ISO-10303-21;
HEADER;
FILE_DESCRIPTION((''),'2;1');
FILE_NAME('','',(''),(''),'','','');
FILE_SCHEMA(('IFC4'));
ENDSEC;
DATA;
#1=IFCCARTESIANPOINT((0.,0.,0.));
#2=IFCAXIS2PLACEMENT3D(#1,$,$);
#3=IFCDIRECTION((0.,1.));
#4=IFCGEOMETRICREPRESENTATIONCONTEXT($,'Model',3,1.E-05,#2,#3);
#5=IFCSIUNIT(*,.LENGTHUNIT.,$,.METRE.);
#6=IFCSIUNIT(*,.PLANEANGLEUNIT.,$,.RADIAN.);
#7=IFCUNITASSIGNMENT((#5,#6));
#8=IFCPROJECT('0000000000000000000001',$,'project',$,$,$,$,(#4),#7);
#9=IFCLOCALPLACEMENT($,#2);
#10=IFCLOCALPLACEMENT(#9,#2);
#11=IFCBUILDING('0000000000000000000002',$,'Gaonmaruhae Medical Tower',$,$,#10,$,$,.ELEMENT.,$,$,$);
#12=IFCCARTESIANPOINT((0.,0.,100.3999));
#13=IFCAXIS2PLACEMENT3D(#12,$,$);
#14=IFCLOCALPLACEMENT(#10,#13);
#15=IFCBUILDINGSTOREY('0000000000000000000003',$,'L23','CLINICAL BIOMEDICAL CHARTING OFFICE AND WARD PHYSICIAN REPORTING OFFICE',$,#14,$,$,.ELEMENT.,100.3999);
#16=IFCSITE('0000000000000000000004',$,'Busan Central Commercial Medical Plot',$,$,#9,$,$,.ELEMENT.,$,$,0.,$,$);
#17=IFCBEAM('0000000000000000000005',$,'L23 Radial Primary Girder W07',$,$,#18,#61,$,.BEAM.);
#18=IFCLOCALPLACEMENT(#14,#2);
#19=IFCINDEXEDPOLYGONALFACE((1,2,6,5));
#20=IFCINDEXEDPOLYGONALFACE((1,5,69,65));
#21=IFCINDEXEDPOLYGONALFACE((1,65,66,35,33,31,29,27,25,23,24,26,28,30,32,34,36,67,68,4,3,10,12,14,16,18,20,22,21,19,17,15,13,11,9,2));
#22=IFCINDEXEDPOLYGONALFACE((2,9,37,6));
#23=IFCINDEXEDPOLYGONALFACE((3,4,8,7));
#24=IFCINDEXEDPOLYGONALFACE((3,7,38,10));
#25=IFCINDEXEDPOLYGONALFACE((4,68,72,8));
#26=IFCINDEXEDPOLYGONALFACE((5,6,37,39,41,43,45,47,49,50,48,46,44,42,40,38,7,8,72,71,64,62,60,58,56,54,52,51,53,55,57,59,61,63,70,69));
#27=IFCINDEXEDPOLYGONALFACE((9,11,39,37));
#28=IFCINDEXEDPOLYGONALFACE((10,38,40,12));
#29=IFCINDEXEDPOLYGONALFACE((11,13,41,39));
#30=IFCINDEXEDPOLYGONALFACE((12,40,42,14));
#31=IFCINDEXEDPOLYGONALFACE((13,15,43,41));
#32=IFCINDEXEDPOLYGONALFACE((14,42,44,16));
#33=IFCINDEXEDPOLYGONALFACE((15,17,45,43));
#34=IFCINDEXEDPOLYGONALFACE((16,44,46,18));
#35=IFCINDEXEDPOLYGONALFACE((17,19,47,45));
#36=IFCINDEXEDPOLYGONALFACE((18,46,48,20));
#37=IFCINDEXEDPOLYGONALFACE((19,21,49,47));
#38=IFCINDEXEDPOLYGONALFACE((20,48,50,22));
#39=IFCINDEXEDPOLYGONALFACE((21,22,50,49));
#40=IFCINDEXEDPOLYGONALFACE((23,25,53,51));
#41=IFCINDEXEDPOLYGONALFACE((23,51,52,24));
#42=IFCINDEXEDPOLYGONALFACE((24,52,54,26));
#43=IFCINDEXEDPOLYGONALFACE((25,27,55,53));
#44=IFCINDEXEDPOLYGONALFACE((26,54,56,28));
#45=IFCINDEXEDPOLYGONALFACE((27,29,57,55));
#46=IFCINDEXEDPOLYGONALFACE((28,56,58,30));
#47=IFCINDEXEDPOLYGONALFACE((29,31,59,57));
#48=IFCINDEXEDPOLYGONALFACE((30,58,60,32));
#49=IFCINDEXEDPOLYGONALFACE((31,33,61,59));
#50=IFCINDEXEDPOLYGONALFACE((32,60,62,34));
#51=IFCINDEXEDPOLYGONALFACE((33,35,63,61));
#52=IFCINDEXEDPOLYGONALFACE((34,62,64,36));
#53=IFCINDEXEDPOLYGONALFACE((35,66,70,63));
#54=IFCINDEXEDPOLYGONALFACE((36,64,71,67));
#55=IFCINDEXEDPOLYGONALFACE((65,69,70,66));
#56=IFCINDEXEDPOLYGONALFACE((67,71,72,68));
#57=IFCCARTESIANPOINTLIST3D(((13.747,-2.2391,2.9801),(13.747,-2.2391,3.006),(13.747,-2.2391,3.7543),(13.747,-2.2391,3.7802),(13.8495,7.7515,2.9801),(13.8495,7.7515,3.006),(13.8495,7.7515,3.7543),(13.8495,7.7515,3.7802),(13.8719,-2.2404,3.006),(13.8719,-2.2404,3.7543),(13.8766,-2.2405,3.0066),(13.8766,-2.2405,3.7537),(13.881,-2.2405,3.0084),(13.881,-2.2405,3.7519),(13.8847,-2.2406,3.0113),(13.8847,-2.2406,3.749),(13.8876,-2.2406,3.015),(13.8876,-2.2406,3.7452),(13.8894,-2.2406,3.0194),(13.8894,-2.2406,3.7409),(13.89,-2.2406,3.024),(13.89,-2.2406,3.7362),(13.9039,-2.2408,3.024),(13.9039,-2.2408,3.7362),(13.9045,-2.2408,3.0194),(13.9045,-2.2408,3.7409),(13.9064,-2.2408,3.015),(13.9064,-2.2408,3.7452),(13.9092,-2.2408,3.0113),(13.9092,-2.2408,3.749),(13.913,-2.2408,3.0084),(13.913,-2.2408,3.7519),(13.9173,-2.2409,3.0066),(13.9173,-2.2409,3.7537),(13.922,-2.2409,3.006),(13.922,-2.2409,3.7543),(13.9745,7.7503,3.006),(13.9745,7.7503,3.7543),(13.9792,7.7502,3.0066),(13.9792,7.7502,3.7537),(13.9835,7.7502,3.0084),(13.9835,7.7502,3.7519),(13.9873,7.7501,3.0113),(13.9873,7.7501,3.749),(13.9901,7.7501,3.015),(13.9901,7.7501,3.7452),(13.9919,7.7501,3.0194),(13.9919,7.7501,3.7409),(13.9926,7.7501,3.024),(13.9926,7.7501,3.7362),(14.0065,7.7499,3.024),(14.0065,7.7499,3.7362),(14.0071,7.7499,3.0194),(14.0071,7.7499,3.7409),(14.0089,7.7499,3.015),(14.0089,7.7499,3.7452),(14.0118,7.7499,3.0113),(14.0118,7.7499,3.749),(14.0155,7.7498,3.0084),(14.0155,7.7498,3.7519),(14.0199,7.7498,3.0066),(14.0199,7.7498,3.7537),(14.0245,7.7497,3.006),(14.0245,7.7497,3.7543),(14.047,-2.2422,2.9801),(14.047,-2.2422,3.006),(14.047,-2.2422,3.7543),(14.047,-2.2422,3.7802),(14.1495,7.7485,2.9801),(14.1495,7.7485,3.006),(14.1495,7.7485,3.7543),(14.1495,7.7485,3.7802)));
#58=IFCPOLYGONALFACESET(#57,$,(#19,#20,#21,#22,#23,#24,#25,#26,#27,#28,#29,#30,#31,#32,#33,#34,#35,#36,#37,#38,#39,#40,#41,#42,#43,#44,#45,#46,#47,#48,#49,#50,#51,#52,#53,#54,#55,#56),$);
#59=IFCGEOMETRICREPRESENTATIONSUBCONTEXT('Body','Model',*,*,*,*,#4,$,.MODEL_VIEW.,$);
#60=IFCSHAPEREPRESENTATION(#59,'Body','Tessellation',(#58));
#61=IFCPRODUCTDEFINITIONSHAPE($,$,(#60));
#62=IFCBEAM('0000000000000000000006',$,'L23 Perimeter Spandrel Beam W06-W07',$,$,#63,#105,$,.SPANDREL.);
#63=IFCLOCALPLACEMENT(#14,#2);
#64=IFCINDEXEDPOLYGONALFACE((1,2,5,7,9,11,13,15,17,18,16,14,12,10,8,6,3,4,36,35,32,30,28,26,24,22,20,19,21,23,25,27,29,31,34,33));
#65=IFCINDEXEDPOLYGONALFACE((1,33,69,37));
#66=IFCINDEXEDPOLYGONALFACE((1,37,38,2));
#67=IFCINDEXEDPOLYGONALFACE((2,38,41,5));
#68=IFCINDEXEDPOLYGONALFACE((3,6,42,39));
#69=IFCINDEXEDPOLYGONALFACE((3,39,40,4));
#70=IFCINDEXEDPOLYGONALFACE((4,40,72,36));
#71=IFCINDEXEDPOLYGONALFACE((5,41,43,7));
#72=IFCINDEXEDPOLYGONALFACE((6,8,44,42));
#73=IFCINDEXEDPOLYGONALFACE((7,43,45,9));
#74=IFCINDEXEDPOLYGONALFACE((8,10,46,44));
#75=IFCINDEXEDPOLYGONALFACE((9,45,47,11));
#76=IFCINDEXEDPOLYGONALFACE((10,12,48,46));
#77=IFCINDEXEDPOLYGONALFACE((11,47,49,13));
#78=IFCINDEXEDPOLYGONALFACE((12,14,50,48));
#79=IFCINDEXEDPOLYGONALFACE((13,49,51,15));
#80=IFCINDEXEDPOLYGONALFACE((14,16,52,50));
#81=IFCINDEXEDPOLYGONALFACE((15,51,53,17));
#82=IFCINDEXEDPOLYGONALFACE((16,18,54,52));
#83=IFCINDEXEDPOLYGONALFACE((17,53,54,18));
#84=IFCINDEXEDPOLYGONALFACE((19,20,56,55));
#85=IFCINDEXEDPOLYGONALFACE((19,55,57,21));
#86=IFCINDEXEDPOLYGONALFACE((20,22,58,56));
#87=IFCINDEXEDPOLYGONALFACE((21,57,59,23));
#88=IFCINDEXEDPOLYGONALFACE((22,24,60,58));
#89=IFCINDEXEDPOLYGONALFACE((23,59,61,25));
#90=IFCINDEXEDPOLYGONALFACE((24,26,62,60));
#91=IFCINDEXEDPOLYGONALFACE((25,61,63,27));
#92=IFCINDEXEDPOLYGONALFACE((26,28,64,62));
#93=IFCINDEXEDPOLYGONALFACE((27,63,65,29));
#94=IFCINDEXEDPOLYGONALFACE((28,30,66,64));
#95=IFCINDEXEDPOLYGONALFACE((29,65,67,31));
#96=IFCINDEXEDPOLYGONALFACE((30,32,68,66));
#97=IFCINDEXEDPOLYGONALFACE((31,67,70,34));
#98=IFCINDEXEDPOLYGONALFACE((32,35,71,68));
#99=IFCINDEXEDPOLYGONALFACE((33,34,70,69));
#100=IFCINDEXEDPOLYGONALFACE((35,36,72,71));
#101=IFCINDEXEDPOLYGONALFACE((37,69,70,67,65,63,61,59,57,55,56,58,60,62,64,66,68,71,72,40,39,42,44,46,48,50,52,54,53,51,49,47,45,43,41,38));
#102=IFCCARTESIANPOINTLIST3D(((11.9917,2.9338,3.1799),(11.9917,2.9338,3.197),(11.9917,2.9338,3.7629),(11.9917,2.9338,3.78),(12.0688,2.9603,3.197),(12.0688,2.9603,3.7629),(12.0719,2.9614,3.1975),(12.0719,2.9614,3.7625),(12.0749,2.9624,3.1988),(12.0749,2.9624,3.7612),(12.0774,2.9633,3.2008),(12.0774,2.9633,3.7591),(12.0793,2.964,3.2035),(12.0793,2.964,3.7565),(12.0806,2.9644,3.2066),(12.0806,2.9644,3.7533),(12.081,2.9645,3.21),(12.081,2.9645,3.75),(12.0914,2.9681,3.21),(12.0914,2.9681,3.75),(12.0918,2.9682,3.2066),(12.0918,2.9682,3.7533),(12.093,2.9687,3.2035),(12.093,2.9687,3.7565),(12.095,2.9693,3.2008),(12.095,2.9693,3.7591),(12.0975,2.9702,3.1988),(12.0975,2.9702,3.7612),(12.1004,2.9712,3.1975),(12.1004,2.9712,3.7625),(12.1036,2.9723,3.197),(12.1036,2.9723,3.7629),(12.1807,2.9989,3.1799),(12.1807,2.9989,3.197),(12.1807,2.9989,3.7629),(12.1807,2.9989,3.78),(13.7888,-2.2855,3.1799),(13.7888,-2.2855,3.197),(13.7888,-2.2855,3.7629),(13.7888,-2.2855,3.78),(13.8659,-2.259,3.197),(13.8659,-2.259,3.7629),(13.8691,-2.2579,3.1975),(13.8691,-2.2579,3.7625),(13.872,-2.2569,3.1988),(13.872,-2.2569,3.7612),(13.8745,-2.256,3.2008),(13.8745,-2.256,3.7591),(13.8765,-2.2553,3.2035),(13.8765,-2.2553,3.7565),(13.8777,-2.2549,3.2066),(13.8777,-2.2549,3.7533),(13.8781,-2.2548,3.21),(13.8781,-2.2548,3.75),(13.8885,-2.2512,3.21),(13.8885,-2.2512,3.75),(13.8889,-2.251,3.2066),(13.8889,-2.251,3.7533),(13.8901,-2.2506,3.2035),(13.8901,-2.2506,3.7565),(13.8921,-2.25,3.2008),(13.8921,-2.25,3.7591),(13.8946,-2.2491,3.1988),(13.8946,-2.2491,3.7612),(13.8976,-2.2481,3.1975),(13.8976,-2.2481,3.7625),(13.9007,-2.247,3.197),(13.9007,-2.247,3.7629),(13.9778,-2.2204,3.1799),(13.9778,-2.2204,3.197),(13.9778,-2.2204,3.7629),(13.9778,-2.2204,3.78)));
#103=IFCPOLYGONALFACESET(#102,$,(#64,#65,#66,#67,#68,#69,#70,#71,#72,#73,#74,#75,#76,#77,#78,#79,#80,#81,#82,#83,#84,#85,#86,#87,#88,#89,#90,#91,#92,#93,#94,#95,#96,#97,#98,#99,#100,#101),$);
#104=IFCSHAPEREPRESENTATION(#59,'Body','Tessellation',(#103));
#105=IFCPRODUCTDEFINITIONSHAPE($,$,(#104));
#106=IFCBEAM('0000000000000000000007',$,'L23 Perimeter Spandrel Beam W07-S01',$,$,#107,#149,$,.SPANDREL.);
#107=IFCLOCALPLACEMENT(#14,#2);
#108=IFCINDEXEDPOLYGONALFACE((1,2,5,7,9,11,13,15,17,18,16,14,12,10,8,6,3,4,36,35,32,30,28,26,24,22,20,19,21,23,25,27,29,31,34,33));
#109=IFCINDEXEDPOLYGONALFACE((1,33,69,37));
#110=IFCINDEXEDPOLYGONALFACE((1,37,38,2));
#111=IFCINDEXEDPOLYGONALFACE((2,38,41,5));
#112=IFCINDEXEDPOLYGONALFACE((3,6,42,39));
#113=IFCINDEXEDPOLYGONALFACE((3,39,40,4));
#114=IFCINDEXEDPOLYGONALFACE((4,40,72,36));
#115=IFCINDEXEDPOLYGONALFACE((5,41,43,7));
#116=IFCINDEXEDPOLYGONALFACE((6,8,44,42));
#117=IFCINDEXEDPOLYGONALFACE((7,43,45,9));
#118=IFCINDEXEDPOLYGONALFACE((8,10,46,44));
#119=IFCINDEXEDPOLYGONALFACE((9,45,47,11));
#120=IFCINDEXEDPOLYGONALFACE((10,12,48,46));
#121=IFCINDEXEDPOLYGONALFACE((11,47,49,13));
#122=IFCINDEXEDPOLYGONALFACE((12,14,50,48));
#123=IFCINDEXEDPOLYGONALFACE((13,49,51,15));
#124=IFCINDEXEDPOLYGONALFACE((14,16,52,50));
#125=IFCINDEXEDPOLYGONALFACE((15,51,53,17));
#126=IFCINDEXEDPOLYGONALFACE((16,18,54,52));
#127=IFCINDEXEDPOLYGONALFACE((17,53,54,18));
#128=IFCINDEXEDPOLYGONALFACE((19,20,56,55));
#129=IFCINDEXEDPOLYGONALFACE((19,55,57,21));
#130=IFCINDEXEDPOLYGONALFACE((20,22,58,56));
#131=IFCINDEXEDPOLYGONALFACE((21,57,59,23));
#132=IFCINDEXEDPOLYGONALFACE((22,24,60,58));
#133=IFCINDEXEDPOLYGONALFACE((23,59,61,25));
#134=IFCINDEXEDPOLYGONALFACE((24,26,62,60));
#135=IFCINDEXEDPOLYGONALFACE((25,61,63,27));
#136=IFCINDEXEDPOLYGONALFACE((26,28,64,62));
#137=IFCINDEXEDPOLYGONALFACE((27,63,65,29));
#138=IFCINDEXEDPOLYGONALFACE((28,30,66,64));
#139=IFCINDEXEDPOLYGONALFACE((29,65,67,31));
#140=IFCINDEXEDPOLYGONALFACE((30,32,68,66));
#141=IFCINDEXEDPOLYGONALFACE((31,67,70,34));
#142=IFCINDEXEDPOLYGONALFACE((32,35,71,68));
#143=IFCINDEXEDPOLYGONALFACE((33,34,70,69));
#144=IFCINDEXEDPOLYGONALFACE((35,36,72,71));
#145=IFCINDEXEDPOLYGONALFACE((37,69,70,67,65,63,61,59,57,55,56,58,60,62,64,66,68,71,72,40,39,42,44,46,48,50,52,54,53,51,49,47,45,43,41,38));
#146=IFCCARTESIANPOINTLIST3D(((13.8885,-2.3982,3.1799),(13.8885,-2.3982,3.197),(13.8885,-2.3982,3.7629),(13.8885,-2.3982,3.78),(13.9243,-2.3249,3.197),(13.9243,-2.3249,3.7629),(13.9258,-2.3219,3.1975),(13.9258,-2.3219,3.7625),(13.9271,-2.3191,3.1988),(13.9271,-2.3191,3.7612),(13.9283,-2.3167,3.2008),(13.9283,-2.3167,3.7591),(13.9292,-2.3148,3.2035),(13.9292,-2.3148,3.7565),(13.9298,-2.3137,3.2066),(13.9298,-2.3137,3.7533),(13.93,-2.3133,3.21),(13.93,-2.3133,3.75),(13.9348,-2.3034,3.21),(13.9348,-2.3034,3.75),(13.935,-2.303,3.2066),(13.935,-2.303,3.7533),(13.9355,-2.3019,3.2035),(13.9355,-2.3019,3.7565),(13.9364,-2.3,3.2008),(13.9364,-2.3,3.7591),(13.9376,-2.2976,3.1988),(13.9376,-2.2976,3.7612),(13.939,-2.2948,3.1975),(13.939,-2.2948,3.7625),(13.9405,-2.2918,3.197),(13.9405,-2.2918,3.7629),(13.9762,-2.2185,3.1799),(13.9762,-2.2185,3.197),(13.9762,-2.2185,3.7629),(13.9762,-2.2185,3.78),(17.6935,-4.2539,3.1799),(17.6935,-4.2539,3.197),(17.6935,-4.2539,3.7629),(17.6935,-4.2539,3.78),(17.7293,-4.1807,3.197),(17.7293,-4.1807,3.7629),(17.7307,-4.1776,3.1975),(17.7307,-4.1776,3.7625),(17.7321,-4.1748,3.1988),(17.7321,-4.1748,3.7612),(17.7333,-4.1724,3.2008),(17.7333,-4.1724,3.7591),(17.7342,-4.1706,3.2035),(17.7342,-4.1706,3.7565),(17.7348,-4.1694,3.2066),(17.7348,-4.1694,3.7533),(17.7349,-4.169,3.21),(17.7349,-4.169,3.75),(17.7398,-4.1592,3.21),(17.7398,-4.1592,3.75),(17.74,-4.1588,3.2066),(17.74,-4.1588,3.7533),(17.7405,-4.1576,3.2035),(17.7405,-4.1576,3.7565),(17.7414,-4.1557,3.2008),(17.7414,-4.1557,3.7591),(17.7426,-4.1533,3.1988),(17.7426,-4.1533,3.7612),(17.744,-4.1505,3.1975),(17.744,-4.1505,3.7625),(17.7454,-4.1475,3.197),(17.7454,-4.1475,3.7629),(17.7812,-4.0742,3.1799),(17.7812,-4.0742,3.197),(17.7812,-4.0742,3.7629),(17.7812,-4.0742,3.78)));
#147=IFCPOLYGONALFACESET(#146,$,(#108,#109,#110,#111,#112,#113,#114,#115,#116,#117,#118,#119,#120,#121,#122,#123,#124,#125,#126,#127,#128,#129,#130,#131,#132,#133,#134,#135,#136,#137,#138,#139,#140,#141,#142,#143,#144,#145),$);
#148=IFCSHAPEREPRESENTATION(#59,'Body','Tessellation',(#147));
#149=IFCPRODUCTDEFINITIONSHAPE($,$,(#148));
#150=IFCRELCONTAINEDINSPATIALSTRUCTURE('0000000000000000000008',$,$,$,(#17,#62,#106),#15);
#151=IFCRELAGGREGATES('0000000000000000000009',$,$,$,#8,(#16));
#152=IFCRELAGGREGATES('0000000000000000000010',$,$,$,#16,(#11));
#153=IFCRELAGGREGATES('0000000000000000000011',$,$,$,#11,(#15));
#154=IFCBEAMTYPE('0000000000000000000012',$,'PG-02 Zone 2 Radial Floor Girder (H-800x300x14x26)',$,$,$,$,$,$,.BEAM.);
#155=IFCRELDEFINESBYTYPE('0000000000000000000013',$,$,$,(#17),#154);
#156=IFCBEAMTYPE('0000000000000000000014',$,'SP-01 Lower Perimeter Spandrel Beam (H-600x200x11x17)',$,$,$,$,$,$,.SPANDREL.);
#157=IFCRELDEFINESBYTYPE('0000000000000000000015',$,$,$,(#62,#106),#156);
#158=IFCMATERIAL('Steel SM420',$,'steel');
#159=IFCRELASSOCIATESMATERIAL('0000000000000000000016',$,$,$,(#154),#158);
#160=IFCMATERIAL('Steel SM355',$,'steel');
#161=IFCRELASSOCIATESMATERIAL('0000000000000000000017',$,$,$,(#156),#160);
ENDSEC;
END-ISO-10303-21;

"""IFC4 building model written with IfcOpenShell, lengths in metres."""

from ifc_helpers import new_model, si_unit, direction, frame, origin, origin_2d, place, context, subcontext, project, spatial, i_section, extrude, material, material_profile, profile_set, type_object, element, save


model = new_model("IFC4")

# Units and contexts
model_context = context("Model", 3, precision=1e-05, world=origin(), true_north=direction((0.0, 1.0)))
body_context = subcontext(model_context, "Body", "Model", "MODEL_VIEW")
ifc_project = project(units=[si_unit("LENGTHUNIT", "METRE"), si_unit("PLANEANGLEUNIT", "RADIAN")], contexts=[model_context])

# Site, building, storey
site_placement = place(None, origin())
site = spatial("IfcSite", under=ifc_project, at=site_placement, Name="Busan Central Commercial Medical Plot", CompositionType="ELEMENT", RefElevation=0.0)
building_placement = place(site_placement, origin())
building = spatial("IfcBuilding", under=site, at=building_placement, Name="Gaonmaruhae Medical Tower", CompositionType="ELEMENT")
storey_placement = place(building_placement, frame((0.0, 0.0, 100.3999)))
storey = spatial("IfcBuildingStorey", under=building, at=storey_placement, Name="L23", Description="CLINICAL BIOMEDICAL CHARTING OFFICE AND WARD PHYSICIAN REPORTING OFFICE", CompositionType="ELEMENT", Elevation=100.3999)

# Beams
ifc_material_1 = material(Name="Steel SM355", Category="steel")
ifc_material_2 = material(Name="Steel SM420", Category="steel")
ifc_material_profile_1 = material_profile(ifc_material_2, i_section(OverallWidth=0.3, OverallDepth=0.8, WebThickness=0.0139, FlangeThickness=0.0259, FilletRadius=0.0181, at=origin_2d()), Name="H-800x300x14x26")
ifc_profile_set_1 = profile_set([ifc_material_profile_1], Name="Steel SM420")
beam_type_1 = type_object("IfcBeamType", Name="PG-02 Zone 2 Radial Floor Girder (H-800x300x14x26)", PredefinedType="BEAM", material=ifc_profile_set_1)
beam_1_placement = place(storey_placement, frame((13.9995, 7.75, 3.3801), z_axis=(-0.010263, -0.999947, 0.0), x_axis=(0.999947, -0.010263, 0.0)))
element("IfcBeam", 1, at=beam_1_placement, inside=storey, type_object=beam_type_1, Name="L23 Radial Primary Girder W07", PredefinedType="BEAM", context=body_context, shape_type="SweptSolid", body=[
    extrude(i_section(OverallWidth=0.3, OverallDepth=0.8, WebThickness=0.0139, FlangeThickness=0.0259, FilletRadius=0.0181, at=origin_2d()), origin(), (0.0, 0.0, 1.0), 9.9912),
])
ifc_material_profile_2 = material_profile(ifc_material_1, i_section(OverallWidth=0.2, OverallDepth=0.6001, WebThickness=0.011, FlangeThickness=0.0171, FilletRadius=0.0129, at=origin_2d()), Name="H-600x200x11x17")
ifc_profile_set_2 = profile_set([ifc_material_profile_2], Name="Steel SM355")
beam_type_2 = type_object("IfcBeamType", Name="SP-01 Lower Perimeter Spandrel Beam (H-600x200x11x17)", PredefinedType="SPANDREL", material=ifc_profile_set_2)
beam_2_placement = place(storey_placement, frame((12.0862, 2.9663, 3.48), z_axis=(0.325567, -0.945519, 0.0), x_axis=(0.945519, 0.325567, 0.0)))
element("IfcBeam", 2, at=beam_2_placement, inside=storey, type_object=beam_type_2, Name="L23 Perimeter Spandrel Beam W06-W07", PredefinedType="SPANDREL", context=body_context, shape_type="SweptSolid", body=[
    extrude(i_section(OverallWidth=0.2, OverallDepth=0.6001, WebThickness=0.011, FlangeThickness=0.0171, FilletRadius=0.0129, at=origin_2d()), origin(), (0.0, 0.0, 1.0), 5.52),
])
beam_3_placement = place(storey_placement, frame((13.9324, -2.3083, 3.48), z_axis=(0.898801, -0.438357, 0.0), x_axis=(0.438357, 0.898801, 0.0)))
element("IfcBeam", 3, at=beam_3_placement, inside=storey, type_object=beam_type_2, Name="L23 Perimeter Spandrel Beam W07-S01", PredefinedType="SPANDREL", context=body_context, shape_type="SweptSolid", body=[
    extrude(i_section(OverallWidth=0.2, OverallDepth=0.6001, WebThickness=0.011, FlangeThickness=0.0171, FilletRadius=0.0129, at=origin_2d()), origin(), (0.0, 0.0, 1.0), 4.2334),
])

save(model, "model.ifc")
